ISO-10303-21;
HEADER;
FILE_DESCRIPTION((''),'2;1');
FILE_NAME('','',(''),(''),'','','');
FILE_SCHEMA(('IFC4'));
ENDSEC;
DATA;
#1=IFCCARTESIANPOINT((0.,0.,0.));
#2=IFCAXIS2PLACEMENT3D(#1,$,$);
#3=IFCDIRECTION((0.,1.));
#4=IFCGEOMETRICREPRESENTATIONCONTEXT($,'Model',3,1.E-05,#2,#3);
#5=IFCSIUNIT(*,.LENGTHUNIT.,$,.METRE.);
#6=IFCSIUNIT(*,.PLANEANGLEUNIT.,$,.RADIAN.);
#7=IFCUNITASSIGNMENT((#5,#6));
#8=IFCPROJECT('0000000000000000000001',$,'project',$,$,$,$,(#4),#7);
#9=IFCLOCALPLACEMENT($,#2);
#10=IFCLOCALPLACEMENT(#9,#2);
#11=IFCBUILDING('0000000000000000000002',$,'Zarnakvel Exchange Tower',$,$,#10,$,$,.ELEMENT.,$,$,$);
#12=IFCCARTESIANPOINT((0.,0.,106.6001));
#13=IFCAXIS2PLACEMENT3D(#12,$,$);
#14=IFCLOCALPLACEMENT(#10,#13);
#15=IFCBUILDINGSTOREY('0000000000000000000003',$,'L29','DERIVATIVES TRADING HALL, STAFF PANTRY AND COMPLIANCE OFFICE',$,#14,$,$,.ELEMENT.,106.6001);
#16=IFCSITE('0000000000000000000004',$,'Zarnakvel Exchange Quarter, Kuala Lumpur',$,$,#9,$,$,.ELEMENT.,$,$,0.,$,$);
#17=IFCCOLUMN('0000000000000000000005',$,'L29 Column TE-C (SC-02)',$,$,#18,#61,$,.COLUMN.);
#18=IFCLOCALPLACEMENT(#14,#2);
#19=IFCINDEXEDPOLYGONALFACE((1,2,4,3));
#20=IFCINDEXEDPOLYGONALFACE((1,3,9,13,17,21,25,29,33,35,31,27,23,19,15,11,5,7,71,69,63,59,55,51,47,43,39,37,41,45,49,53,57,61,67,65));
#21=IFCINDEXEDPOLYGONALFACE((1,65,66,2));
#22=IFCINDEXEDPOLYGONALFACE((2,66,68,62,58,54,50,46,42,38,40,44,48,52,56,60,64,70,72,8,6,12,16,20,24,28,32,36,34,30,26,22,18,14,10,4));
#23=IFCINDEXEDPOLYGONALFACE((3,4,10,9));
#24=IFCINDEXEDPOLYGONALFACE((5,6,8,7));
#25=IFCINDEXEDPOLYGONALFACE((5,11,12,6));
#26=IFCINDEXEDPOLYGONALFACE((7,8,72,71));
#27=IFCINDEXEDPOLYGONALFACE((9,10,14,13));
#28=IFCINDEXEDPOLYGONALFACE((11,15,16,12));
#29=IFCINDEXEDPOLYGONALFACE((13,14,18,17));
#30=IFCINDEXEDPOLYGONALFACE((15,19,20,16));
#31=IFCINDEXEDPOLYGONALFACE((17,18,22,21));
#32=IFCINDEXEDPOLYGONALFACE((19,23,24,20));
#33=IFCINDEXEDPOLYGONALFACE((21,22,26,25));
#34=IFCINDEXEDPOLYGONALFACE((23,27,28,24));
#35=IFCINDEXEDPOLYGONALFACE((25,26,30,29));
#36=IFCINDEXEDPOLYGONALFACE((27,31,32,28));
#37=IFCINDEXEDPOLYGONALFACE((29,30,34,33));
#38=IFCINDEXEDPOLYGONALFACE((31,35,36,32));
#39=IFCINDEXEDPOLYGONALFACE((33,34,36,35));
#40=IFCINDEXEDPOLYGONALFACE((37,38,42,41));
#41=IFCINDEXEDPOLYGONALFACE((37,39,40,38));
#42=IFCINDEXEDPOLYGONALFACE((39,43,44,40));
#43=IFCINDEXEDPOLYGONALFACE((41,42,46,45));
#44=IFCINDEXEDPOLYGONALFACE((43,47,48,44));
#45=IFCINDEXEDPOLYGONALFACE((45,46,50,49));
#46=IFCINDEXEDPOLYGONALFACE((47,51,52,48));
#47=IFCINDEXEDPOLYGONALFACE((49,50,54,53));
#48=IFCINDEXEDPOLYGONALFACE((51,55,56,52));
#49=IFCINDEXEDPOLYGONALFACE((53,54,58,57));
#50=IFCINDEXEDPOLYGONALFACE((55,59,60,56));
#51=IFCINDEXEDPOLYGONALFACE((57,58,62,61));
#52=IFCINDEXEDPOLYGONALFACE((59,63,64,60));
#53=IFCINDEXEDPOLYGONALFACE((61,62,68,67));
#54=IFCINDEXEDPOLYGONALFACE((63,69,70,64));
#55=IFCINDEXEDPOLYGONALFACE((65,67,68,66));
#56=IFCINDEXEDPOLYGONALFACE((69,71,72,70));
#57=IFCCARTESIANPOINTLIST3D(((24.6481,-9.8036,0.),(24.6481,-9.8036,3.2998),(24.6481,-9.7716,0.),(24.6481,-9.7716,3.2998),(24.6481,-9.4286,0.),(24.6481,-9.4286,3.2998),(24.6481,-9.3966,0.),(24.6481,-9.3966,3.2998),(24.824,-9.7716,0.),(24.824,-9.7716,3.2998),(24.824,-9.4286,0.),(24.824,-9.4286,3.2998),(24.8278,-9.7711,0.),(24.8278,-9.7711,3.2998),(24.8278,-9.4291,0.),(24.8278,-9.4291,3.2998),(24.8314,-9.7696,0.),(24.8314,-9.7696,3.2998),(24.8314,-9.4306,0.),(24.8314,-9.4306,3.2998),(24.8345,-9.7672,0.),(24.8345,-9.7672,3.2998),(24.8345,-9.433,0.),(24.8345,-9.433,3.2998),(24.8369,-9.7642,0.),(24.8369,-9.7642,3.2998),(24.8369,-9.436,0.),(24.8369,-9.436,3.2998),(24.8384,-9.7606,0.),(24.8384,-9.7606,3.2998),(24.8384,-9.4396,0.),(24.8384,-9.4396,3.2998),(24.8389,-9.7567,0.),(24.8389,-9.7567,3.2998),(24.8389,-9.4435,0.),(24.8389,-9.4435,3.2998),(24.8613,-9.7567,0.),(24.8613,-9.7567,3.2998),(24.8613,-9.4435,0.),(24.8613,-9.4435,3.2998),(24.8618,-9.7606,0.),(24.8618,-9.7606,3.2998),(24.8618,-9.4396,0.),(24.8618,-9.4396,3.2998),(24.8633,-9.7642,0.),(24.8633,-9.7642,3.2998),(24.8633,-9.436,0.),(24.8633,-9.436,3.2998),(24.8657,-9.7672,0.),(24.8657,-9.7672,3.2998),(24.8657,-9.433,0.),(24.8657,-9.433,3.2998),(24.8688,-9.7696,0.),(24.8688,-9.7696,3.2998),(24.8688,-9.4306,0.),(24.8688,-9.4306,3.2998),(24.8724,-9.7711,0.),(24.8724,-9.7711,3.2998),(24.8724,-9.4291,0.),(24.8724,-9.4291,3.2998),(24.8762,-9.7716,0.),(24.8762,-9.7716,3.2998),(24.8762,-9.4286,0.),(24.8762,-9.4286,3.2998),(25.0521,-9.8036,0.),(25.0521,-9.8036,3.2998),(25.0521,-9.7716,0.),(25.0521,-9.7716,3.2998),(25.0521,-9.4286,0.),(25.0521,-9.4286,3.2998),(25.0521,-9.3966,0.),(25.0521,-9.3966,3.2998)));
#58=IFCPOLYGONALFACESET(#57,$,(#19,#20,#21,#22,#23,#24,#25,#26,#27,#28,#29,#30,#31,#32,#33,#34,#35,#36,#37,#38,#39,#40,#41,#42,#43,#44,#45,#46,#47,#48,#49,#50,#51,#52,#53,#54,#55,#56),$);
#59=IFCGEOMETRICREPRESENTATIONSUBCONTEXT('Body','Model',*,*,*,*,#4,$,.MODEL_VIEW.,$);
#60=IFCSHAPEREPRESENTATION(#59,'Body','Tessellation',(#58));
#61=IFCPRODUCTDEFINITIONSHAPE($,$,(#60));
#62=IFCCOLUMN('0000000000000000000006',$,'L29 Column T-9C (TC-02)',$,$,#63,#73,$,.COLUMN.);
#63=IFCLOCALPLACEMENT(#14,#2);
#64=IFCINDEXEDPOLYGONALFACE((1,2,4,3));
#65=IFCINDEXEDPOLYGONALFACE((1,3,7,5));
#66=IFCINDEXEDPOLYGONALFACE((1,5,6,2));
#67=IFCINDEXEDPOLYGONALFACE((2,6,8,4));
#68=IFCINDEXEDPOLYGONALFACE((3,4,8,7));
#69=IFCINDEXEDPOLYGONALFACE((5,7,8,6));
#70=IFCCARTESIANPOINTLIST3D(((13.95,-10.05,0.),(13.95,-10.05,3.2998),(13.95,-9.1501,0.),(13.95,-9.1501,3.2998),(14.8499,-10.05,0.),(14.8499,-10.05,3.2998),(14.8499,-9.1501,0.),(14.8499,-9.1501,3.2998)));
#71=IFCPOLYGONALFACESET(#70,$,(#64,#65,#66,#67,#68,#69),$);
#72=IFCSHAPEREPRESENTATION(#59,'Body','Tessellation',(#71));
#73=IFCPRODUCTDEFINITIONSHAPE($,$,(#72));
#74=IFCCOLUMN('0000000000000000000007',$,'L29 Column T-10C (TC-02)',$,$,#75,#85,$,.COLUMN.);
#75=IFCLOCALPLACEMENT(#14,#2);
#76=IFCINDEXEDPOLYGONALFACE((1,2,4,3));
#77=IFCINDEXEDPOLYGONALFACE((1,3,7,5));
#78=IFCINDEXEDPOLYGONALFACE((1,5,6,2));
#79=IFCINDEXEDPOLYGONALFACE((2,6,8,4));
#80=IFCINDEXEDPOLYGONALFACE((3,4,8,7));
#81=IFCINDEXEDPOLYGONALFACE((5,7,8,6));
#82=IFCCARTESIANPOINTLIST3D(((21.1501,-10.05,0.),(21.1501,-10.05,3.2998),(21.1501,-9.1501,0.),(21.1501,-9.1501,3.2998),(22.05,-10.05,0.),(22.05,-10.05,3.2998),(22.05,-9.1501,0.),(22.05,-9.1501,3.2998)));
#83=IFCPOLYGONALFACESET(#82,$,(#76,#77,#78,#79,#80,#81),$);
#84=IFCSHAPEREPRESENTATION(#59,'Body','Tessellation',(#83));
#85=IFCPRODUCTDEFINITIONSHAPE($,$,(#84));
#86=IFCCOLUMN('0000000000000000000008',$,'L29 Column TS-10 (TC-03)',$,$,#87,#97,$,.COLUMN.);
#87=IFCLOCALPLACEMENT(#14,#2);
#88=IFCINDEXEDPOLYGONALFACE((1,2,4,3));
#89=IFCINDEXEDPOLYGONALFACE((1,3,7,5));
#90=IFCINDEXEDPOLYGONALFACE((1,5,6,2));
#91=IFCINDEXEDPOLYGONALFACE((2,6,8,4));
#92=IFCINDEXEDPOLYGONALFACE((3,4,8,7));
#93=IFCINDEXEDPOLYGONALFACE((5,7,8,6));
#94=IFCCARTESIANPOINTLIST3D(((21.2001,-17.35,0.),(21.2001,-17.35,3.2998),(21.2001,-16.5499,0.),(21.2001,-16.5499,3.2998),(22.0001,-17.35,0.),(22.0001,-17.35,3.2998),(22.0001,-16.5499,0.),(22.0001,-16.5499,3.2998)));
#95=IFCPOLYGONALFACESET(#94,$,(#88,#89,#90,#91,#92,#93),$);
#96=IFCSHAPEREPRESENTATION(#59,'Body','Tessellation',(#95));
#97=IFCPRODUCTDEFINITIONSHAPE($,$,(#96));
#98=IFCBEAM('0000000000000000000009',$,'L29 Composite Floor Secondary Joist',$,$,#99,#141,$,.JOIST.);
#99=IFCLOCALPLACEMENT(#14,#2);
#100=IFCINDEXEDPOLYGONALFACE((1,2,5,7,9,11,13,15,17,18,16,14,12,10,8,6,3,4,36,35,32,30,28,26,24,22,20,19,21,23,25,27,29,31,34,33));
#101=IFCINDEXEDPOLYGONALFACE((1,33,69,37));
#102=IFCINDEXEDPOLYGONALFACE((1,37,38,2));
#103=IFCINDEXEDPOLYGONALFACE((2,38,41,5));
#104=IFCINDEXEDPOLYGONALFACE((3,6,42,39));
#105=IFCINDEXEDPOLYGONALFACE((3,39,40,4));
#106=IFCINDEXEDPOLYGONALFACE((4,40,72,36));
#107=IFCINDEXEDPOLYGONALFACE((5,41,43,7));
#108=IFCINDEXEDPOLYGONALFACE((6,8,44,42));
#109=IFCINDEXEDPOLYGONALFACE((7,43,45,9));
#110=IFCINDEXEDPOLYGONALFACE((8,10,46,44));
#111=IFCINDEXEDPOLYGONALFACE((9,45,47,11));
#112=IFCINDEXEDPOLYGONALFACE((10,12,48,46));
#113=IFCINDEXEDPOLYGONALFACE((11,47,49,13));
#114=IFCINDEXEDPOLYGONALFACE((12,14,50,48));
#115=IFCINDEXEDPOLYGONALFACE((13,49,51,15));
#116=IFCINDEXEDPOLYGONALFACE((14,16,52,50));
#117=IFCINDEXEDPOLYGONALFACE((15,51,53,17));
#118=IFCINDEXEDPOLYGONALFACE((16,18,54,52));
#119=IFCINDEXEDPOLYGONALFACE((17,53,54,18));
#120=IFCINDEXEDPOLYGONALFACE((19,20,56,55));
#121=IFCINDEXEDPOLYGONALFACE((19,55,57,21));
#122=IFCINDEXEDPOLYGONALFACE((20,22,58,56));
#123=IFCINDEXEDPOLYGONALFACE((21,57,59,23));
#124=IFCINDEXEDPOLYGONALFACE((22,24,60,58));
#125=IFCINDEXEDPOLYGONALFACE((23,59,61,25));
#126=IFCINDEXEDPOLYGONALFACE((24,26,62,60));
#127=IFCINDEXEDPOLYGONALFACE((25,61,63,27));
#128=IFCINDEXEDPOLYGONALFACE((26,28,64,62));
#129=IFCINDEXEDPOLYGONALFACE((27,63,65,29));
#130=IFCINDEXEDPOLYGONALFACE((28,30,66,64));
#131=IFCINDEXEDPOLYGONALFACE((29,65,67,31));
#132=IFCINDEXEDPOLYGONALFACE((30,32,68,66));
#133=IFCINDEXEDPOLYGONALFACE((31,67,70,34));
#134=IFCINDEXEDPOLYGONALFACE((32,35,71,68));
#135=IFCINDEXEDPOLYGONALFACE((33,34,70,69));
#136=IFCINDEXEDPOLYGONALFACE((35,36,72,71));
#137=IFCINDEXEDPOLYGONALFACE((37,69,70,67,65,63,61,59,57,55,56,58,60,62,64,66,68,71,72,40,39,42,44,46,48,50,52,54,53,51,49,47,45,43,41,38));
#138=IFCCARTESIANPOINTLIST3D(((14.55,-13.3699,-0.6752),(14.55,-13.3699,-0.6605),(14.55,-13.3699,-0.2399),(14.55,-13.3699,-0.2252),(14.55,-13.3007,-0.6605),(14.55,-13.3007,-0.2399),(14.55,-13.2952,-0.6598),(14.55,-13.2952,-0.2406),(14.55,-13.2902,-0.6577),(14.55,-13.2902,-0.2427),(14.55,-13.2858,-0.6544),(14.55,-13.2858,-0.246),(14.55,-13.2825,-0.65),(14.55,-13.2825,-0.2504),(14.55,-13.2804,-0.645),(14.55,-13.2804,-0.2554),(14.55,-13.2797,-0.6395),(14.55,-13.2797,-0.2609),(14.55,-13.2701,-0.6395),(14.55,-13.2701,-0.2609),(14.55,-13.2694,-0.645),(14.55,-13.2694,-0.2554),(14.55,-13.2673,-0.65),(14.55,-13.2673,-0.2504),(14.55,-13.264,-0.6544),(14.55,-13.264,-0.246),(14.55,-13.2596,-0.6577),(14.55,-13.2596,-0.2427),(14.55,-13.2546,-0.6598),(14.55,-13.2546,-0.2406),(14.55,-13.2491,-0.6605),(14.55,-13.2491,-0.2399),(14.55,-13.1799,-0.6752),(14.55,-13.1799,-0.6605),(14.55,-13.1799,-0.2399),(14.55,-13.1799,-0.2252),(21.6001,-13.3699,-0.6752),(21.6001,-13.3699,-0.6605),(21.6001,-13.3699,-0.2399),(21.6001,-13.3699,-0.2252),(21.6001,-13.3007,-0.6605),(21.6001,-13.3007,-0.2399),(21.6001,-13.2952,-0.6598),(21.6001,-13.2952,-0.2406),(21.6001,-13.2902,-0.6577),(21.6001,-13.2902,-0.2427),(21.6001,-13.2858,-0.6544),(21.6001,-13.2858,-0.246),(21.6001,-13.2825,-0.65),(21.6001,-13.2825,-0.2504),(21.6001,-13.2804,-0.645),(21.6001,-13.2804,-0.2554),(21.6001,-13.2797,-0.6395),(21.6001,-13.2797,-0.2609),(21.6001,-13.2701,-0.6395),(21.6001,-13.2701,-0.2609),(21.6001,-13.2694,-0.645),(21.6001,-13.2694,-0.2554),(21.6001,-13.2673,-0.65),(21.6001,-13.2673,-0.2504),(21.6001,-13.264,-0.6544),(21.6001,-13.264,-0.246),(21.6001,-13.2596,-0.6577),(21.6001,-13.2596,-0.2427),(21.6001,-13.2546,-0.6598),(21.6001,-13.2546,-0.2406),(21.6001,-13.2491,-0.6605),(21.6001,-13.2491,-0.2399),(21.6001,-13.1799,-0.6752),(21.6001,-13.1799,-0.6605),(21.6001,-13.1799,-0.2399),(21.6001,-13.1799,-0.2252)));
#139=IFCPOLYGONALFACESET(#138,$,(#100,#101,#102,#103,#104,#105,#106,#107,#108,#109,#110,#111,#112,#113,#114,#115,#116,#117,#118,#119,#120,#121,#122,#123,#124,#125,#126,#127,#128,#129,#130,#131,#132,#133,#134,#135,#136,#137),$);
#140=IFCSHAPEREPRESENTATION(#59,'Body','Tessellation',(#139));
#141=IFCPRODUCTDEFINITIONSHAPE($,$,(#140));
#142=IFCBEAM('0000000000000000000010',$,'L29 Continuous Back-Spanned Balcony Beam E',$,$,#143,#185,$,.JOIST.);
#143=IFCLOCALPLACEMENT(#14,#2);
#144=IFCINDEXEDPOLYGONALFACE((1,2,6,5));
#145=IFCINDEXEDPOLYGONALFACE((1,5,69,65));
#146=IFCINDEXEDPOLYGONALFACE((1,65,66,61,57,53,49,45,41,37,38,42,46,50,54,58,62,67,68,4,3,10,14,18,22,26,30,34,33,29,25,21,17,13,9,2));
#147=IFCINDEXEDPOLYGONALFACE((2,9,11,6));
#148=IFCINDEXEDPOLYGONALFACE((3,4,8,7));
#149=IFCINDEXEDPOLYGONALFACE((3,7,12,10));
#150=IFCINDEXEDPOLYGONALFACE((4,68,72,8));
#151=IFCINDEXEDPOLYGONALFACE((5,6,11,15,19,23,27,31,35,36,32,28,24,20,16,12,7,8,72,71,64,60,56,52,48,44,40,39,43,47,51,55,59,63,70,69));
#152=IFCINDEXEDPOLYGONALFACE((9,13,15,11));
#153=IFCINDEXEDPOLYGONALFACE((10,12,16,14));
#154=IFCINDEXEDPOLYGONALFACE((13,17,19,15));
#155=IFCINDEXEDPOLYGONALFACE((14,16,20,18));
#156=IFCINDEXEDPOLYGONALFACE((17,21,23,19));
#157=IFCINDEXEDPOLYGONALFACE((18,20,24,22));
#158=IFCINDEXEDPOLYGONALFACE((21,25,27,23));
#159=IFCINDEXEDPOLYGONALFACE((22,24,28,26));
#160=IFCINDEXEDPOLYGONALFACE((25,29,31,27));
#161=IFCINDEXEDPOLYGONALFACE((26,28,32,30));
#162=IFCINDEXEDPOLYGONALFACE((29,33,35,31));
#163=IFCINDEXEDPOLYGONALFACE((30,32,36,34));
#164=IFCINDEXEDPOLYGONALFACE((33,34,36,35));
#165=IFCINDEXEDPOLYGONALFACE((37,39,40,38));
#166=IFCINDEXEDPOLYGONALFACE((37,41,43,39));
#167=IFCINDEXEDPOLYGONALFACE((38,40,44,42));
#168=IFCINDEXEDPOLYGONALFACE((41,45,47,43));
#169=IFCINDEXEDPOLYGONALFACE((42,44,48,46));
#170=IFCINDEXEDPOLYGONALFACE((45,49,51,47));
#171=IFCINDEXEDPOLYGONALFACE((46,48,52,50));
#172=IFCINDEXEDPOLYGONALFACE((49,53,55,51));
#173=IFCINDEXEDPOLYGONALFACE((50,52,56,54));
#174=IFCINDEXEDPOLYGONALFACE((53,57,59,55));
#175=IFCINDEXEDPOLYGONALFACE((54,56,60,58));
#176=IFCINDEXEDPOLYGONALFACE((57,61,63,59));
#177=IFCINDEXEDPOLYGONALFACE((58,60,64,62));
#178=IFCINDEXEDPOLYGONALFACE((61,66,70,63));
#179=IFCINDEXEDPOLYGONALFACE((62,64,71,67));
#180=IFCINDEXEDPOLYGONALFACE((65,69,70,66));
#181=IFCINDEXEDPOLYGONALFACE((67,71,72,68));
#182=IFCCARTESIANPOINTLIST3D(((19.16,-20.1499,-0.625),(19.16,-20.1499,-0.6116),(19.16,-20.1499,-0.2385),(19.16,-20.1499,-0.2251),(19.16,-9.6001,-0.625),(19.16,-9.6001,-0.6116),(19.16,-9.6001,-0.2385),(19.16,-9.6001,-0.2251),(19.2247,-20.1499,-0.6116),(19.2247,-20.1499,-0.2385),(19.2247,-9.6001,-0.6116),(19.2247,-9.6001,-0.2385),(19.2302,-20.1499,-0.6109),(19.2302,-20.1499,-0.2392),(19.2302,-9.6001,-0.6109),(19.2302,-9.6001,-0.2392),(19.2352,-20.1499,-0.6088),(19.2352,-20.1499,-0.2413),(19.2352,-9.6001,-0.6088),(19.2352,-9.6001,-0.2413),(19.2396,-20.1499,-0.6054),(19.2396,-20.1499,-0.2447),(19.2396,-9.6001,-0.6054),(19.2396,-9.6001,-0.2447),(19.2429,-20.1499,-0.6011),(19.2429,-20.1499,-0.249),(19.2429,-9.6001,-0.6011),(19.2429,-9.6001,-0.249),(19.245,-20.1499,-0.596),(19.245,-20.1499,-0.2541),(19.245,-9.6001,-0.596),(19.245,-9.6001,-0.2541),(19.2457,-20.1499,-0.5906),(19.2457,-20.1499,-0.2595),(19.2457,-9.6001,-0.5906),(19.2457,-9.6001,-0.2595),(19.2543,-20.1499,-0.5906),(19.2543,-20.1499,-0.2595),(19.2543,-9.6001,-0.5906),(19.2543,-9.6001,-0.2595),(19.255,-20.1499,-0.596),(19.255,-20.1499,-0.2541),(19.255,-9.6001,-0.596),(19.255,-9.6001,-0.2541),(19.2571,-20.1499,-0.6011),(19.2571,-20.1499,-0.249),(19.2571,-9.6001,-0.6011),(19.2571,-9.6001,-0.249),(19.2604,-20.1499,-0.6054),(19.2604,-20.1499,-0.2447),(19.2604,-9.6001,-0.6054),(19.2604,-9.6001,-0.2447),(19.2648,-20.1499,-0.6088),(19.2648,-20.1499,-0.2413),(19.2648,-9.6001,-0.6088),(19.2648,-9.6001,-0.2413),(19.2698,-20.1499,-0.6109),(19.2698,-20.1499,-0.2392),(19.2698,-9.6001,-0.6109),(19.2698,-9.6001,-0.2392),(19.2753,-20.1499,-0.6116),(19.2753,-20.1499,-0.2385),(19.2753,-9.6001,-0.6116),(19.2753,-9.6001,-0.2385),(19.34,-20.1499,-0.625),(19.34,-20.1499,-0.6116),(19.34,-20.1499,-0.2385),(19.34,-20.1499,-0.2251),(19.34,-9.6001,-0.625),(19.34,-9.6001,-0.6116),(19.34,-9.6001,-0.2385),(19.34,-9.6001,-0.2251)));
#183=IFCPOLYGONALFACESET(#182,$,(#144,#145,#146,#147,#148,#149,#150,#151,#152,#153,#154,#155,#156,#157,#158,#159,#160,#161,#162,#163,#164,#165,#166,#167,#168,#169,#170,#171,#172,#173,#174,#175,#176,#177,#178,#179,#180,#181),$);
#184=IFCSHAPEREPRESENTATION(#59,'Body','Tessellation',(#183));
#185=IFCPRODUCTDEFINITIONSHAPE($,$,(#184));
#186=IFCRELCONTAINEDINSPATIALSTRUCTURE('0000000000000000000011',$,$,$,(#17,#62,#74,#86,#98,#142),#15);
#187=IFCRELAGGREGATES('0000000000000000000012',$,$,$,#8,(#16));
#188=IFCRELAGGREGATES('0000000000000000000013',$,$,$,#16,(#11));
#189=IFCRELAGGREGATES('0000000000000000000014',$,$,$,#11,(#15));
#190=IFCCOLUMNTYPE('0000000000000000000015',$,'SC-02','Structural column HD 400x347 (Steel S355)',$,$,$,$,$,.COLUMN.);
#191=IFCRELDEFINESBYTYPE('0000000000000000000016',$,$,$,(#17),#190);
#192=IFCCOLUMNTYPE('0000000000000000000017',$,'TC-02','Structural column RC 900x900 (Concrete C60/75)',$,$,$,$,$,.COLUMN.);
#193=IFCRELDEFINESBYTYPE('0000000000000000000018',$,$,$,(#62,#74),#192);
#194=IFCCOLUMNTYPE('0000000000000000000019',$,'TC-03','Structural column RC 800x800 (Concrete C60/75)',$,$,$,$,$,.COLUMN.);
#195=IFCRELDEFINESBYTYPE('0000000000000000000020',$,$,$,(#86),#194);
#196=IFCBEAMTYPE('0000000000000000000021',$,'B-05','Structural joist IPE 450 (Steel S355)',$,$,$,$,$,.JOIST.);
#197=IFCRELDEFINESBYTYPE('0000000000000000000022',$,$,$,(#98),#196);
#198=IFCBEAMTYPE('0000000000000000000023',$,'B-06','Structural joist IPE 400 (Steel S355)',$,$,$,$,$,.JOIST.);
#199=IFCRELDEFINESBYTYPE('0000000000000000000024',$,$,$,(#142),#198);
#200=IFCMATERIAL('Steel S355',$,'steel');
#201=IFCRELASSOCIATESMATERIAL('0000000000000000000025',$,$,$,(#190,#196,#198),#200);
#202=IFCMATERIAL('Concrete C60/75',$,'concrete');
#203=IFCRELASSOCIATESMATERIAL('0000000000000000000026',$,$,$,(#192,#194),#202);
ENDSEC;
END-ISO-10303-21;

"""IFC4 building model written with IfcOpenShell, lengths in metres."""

from ifc_helpers import new_model, si_unit, direction, frame, origin, origin_2d, place, context, subcontext, project, spatial, rectangle, i_section, extrude, material, material_profile, profile_set, type_object, element, save


model = new_model("IFC4")

# Units and contexts
model_context = context("Model", 3, precision=1e-05, world=origin(), true_north=direction((0.0, 1.0)))
body_context = subcontext(model_context, "Body", "Model", "MODEL_VIEW")
ifc_project = project(units=[si_unit("LENGTHUNIT", "METRE"), si_unit("PLANEANGLEUNIT", "RADIAN")], contexts=[model_context])

# Site, building, storey
site_placement = place(None, origin())
site = spatial("IfcSite", under=ifc_project, at=site_placement, Name="Zarnakvel Exchange Quarter, Kuala Lumpur", CompositionType="ELEMENT", RefElevation=0.0)
building_placement = place(site_placement, origin())
building = spatial("IfcBuilding", under=site, at=building_placement, Name="Zarnakvel Exchange Tower", CompositionType="ELEMENT")
storey_placement = place(building_placement, frame((0.0, 0.0, 106.6001)))
storey = spatial("IfcBuildingStorey", under=building, at=storey_placement, Name="L29", Description="DERIVATIVES TRADING HALL, STAFF PANTRY AND COMPLIANCE OFFICE", CompositionType="ELEMENT", Elevation=106.6001)

# Columns
ifc_material_1 = material(Name="Steel S355", Category="steel")
ifc_material_profile_1 = material_profile(ifc_material_1, i_section(OverallWidth=0.4041, OverallDepth=0.407, WebThickness=0.0225, FlangeThickness=0.032, FilletRadius=0.0149, at=origin_2d()))
ifc_profile_set_1 = profile_set([ifc_material_profile_1], Name="Steel S355")
column_type_1 = type_object("IfcColumnType", Name="SC-02", Description="Structural column HD 400x347 (Steel S355)", PredefinedType="COLUMN", material=ifc_profile_set_1)
column_1_placement = place(storey_placement, frame((24.8501, -9.6001, 0.0), z_axis=(0.0, 0.0, 1.0), x_axis=(1.0, 0.0, 0.0)))
element("IfcColumn", 1, at=column_1_placement, inside=storey, type_object=column_type_1, Name="L29 Column TE-C (SC-02)", PredefinedType="COLUMN", context=body_context, shape_type="SweptSolid", body=[
    extrude(i_section(OverallWidth=0.4041, OverallDepth=0.407, WebThickness=0.0225, FlangeThickness=0.032, FilletRadius=0.0149, at=origin_2d()), origin(), (0.0, 0.0, 1.0), 3.2998),
])
ifc_material_2 = material(Name="Concrete C60/75", Category="concrete")
ifc_material_profile_2 = material_profile(ifc_material_2, rectangle(XDim=0.8999, YDim=0.8999, at=origin_2d()))
ifc_profile_set_2 = profile_set([ifc_material_profile_2], Name="Concrete C60/75")
column_type_2 = type_object("IfcColumnType", Name="TC-02", Description="Structural column RC 900x900 (Concrete C60/75)", PredefinedType="COLUMN", material=ifc_profile_set_2)
for number, where, z_axis, x_axis, name in (
    (2, (14.3999, -9.6001, 0.0), (0.0, 0.0, 1.0), (1.0, 0.0, 0.0), "L29 Column T-9C (TC-02)"),
    (3, (21.6001, -9.6001, 0.0), (0.0, 0.0, 1.0), (1.0, 0.0, 0.0), "L29 Column T-10C (TC-02)"),
):
    element("IfcColumn", number, at=place(storey_placement, frame(where, z_axis=z_axis, x_axis=x_axis)), inside=storey, type_object=column_type_2, Name=name, PredefinedType="COLUMN", context=body_context, shape_type="SweptSolid", body=[
        extrude(rectangle(XDim=0.8999, YDim=0.8999, at=origin_2d()), origin(), (0.0, 0.0, 1.0), 3.2998),
    ])
ifc_material_profile_3 = material_profile(ifc_material_2, rectangle(XDim=0.8, YDim=0.8, at=origin_2d()))
ifc_profile_set_3 = profile_set([ifc_material_profile_3], Name="Concrete C60/75")
column_type_3 = type_object("IfcColumnType", Name="TC-03", Description="Structural column RC 800x800 (Concrete C60/75)", PredefinedType="COLUMN", material=ifc_profile_set_3)
column_2_placement = place(storey_placement, frame((21.6001, -16.95, 0.0), z_axis=(0.0, 0.0, 1.0), x_axis=(1.0, 0.0, 0.0)))
element("IfcColumn", 4, at=column_2_placement, inside=storey, type_object=column_type_3, Name="L29 Column TS-10 (TC-03)", PredefinedType="COLUMN", context=body_context, shape_type="SweptSolid", body=[
    extrude(rectangle(XDim=0.8, YDim=0.8, at=origin_2d()), origin(), (0.0, 0.0, 1.0), 3.2998),
])

# Beams
ifc_material_profile_4 = material_profile(ifc_material_1, i_section(OverallWidth=0.1899, OverallDepth=0.45, WebThickness=0.0095, FlangeThickness=0.0146, FilletRadius=0.021, at=origin_2d()))
ifc_profile_set_4 = profile_set([ifc_material_profile_4], Name="Steel S355")
beam_type_1 = type_object("IfcBeamType", Name="B-05", Description="Structural joist IPE 450 (Steel S355)", PredefinedType="JOIST", material=ifc_profile_set_4)
beam_1_placement = place(storey_placement, frame((14.55, -13.2749, -0.4502), z_axis=(1.0, 0.0, 0.0), x_axis=(0.0, 1.0, 0.0)))
element("IfcBeam", 5, at=beam_1_placement, inside=storey, type_object=beam_type_1, Name="L29 Composite Floor Secondary Joist", PredefinedType="JOIST", context=body_context, shape_type="SweptSolid", body=[
    extrude(i_section(OverallWidth=0.1899, OverallDepth=0.45, WebThickness=0.0095, FlangeThickness=0.0146, FilletRadius=0.021, at=origin_2d()), origin(), (0.0, 0.0, 1.0), 7.05),
])
ifc_material_profile_5 = material_profile(ifc_material_1, i_section(OverallWidth=0.1799, OverallDepth=0.3999, WebThickness=0.0085, FlangeThickness=0.0134, FilletRadius=0.021, at=origin_2d()))
ifc_profile_set_5 = profile_set([ifc_material_profile_5], Name="Steel S355")
beam_type_2 = type_object("IfcBeamType", Name="B-06", Description="Structural joist IPE 400 (Steel S355)", PredefinedType="JOIST", material=ifc_profile_set_5)
beam_2_placement = place(storey_placement, frame((19.25, -9.6001, -0.425), z_axis=(0.0, -1.0, 0.0), x_axis=(1.0, 0.0, 0.0)))
element("IfcBeam", 6, at=beam_2_placement, inside=storey, type_object=beam_type_2, Name="L29 Continuous Back-Spanned Balcony Beam E", PredefinedType="JOIST", context=body_context, shape_type="SweptSolid", body=[
    extrude(i_section(OverallWidth=0.1799, OverallDepth=0.3999, WebThickness=0.0085, FlangeThickness=0.0134, FilletRadius=0.021, at=origin_2d()), origin(), (0.0, 0.0, 1.0), 10.5498),
])

save(model, "model.ifc")
